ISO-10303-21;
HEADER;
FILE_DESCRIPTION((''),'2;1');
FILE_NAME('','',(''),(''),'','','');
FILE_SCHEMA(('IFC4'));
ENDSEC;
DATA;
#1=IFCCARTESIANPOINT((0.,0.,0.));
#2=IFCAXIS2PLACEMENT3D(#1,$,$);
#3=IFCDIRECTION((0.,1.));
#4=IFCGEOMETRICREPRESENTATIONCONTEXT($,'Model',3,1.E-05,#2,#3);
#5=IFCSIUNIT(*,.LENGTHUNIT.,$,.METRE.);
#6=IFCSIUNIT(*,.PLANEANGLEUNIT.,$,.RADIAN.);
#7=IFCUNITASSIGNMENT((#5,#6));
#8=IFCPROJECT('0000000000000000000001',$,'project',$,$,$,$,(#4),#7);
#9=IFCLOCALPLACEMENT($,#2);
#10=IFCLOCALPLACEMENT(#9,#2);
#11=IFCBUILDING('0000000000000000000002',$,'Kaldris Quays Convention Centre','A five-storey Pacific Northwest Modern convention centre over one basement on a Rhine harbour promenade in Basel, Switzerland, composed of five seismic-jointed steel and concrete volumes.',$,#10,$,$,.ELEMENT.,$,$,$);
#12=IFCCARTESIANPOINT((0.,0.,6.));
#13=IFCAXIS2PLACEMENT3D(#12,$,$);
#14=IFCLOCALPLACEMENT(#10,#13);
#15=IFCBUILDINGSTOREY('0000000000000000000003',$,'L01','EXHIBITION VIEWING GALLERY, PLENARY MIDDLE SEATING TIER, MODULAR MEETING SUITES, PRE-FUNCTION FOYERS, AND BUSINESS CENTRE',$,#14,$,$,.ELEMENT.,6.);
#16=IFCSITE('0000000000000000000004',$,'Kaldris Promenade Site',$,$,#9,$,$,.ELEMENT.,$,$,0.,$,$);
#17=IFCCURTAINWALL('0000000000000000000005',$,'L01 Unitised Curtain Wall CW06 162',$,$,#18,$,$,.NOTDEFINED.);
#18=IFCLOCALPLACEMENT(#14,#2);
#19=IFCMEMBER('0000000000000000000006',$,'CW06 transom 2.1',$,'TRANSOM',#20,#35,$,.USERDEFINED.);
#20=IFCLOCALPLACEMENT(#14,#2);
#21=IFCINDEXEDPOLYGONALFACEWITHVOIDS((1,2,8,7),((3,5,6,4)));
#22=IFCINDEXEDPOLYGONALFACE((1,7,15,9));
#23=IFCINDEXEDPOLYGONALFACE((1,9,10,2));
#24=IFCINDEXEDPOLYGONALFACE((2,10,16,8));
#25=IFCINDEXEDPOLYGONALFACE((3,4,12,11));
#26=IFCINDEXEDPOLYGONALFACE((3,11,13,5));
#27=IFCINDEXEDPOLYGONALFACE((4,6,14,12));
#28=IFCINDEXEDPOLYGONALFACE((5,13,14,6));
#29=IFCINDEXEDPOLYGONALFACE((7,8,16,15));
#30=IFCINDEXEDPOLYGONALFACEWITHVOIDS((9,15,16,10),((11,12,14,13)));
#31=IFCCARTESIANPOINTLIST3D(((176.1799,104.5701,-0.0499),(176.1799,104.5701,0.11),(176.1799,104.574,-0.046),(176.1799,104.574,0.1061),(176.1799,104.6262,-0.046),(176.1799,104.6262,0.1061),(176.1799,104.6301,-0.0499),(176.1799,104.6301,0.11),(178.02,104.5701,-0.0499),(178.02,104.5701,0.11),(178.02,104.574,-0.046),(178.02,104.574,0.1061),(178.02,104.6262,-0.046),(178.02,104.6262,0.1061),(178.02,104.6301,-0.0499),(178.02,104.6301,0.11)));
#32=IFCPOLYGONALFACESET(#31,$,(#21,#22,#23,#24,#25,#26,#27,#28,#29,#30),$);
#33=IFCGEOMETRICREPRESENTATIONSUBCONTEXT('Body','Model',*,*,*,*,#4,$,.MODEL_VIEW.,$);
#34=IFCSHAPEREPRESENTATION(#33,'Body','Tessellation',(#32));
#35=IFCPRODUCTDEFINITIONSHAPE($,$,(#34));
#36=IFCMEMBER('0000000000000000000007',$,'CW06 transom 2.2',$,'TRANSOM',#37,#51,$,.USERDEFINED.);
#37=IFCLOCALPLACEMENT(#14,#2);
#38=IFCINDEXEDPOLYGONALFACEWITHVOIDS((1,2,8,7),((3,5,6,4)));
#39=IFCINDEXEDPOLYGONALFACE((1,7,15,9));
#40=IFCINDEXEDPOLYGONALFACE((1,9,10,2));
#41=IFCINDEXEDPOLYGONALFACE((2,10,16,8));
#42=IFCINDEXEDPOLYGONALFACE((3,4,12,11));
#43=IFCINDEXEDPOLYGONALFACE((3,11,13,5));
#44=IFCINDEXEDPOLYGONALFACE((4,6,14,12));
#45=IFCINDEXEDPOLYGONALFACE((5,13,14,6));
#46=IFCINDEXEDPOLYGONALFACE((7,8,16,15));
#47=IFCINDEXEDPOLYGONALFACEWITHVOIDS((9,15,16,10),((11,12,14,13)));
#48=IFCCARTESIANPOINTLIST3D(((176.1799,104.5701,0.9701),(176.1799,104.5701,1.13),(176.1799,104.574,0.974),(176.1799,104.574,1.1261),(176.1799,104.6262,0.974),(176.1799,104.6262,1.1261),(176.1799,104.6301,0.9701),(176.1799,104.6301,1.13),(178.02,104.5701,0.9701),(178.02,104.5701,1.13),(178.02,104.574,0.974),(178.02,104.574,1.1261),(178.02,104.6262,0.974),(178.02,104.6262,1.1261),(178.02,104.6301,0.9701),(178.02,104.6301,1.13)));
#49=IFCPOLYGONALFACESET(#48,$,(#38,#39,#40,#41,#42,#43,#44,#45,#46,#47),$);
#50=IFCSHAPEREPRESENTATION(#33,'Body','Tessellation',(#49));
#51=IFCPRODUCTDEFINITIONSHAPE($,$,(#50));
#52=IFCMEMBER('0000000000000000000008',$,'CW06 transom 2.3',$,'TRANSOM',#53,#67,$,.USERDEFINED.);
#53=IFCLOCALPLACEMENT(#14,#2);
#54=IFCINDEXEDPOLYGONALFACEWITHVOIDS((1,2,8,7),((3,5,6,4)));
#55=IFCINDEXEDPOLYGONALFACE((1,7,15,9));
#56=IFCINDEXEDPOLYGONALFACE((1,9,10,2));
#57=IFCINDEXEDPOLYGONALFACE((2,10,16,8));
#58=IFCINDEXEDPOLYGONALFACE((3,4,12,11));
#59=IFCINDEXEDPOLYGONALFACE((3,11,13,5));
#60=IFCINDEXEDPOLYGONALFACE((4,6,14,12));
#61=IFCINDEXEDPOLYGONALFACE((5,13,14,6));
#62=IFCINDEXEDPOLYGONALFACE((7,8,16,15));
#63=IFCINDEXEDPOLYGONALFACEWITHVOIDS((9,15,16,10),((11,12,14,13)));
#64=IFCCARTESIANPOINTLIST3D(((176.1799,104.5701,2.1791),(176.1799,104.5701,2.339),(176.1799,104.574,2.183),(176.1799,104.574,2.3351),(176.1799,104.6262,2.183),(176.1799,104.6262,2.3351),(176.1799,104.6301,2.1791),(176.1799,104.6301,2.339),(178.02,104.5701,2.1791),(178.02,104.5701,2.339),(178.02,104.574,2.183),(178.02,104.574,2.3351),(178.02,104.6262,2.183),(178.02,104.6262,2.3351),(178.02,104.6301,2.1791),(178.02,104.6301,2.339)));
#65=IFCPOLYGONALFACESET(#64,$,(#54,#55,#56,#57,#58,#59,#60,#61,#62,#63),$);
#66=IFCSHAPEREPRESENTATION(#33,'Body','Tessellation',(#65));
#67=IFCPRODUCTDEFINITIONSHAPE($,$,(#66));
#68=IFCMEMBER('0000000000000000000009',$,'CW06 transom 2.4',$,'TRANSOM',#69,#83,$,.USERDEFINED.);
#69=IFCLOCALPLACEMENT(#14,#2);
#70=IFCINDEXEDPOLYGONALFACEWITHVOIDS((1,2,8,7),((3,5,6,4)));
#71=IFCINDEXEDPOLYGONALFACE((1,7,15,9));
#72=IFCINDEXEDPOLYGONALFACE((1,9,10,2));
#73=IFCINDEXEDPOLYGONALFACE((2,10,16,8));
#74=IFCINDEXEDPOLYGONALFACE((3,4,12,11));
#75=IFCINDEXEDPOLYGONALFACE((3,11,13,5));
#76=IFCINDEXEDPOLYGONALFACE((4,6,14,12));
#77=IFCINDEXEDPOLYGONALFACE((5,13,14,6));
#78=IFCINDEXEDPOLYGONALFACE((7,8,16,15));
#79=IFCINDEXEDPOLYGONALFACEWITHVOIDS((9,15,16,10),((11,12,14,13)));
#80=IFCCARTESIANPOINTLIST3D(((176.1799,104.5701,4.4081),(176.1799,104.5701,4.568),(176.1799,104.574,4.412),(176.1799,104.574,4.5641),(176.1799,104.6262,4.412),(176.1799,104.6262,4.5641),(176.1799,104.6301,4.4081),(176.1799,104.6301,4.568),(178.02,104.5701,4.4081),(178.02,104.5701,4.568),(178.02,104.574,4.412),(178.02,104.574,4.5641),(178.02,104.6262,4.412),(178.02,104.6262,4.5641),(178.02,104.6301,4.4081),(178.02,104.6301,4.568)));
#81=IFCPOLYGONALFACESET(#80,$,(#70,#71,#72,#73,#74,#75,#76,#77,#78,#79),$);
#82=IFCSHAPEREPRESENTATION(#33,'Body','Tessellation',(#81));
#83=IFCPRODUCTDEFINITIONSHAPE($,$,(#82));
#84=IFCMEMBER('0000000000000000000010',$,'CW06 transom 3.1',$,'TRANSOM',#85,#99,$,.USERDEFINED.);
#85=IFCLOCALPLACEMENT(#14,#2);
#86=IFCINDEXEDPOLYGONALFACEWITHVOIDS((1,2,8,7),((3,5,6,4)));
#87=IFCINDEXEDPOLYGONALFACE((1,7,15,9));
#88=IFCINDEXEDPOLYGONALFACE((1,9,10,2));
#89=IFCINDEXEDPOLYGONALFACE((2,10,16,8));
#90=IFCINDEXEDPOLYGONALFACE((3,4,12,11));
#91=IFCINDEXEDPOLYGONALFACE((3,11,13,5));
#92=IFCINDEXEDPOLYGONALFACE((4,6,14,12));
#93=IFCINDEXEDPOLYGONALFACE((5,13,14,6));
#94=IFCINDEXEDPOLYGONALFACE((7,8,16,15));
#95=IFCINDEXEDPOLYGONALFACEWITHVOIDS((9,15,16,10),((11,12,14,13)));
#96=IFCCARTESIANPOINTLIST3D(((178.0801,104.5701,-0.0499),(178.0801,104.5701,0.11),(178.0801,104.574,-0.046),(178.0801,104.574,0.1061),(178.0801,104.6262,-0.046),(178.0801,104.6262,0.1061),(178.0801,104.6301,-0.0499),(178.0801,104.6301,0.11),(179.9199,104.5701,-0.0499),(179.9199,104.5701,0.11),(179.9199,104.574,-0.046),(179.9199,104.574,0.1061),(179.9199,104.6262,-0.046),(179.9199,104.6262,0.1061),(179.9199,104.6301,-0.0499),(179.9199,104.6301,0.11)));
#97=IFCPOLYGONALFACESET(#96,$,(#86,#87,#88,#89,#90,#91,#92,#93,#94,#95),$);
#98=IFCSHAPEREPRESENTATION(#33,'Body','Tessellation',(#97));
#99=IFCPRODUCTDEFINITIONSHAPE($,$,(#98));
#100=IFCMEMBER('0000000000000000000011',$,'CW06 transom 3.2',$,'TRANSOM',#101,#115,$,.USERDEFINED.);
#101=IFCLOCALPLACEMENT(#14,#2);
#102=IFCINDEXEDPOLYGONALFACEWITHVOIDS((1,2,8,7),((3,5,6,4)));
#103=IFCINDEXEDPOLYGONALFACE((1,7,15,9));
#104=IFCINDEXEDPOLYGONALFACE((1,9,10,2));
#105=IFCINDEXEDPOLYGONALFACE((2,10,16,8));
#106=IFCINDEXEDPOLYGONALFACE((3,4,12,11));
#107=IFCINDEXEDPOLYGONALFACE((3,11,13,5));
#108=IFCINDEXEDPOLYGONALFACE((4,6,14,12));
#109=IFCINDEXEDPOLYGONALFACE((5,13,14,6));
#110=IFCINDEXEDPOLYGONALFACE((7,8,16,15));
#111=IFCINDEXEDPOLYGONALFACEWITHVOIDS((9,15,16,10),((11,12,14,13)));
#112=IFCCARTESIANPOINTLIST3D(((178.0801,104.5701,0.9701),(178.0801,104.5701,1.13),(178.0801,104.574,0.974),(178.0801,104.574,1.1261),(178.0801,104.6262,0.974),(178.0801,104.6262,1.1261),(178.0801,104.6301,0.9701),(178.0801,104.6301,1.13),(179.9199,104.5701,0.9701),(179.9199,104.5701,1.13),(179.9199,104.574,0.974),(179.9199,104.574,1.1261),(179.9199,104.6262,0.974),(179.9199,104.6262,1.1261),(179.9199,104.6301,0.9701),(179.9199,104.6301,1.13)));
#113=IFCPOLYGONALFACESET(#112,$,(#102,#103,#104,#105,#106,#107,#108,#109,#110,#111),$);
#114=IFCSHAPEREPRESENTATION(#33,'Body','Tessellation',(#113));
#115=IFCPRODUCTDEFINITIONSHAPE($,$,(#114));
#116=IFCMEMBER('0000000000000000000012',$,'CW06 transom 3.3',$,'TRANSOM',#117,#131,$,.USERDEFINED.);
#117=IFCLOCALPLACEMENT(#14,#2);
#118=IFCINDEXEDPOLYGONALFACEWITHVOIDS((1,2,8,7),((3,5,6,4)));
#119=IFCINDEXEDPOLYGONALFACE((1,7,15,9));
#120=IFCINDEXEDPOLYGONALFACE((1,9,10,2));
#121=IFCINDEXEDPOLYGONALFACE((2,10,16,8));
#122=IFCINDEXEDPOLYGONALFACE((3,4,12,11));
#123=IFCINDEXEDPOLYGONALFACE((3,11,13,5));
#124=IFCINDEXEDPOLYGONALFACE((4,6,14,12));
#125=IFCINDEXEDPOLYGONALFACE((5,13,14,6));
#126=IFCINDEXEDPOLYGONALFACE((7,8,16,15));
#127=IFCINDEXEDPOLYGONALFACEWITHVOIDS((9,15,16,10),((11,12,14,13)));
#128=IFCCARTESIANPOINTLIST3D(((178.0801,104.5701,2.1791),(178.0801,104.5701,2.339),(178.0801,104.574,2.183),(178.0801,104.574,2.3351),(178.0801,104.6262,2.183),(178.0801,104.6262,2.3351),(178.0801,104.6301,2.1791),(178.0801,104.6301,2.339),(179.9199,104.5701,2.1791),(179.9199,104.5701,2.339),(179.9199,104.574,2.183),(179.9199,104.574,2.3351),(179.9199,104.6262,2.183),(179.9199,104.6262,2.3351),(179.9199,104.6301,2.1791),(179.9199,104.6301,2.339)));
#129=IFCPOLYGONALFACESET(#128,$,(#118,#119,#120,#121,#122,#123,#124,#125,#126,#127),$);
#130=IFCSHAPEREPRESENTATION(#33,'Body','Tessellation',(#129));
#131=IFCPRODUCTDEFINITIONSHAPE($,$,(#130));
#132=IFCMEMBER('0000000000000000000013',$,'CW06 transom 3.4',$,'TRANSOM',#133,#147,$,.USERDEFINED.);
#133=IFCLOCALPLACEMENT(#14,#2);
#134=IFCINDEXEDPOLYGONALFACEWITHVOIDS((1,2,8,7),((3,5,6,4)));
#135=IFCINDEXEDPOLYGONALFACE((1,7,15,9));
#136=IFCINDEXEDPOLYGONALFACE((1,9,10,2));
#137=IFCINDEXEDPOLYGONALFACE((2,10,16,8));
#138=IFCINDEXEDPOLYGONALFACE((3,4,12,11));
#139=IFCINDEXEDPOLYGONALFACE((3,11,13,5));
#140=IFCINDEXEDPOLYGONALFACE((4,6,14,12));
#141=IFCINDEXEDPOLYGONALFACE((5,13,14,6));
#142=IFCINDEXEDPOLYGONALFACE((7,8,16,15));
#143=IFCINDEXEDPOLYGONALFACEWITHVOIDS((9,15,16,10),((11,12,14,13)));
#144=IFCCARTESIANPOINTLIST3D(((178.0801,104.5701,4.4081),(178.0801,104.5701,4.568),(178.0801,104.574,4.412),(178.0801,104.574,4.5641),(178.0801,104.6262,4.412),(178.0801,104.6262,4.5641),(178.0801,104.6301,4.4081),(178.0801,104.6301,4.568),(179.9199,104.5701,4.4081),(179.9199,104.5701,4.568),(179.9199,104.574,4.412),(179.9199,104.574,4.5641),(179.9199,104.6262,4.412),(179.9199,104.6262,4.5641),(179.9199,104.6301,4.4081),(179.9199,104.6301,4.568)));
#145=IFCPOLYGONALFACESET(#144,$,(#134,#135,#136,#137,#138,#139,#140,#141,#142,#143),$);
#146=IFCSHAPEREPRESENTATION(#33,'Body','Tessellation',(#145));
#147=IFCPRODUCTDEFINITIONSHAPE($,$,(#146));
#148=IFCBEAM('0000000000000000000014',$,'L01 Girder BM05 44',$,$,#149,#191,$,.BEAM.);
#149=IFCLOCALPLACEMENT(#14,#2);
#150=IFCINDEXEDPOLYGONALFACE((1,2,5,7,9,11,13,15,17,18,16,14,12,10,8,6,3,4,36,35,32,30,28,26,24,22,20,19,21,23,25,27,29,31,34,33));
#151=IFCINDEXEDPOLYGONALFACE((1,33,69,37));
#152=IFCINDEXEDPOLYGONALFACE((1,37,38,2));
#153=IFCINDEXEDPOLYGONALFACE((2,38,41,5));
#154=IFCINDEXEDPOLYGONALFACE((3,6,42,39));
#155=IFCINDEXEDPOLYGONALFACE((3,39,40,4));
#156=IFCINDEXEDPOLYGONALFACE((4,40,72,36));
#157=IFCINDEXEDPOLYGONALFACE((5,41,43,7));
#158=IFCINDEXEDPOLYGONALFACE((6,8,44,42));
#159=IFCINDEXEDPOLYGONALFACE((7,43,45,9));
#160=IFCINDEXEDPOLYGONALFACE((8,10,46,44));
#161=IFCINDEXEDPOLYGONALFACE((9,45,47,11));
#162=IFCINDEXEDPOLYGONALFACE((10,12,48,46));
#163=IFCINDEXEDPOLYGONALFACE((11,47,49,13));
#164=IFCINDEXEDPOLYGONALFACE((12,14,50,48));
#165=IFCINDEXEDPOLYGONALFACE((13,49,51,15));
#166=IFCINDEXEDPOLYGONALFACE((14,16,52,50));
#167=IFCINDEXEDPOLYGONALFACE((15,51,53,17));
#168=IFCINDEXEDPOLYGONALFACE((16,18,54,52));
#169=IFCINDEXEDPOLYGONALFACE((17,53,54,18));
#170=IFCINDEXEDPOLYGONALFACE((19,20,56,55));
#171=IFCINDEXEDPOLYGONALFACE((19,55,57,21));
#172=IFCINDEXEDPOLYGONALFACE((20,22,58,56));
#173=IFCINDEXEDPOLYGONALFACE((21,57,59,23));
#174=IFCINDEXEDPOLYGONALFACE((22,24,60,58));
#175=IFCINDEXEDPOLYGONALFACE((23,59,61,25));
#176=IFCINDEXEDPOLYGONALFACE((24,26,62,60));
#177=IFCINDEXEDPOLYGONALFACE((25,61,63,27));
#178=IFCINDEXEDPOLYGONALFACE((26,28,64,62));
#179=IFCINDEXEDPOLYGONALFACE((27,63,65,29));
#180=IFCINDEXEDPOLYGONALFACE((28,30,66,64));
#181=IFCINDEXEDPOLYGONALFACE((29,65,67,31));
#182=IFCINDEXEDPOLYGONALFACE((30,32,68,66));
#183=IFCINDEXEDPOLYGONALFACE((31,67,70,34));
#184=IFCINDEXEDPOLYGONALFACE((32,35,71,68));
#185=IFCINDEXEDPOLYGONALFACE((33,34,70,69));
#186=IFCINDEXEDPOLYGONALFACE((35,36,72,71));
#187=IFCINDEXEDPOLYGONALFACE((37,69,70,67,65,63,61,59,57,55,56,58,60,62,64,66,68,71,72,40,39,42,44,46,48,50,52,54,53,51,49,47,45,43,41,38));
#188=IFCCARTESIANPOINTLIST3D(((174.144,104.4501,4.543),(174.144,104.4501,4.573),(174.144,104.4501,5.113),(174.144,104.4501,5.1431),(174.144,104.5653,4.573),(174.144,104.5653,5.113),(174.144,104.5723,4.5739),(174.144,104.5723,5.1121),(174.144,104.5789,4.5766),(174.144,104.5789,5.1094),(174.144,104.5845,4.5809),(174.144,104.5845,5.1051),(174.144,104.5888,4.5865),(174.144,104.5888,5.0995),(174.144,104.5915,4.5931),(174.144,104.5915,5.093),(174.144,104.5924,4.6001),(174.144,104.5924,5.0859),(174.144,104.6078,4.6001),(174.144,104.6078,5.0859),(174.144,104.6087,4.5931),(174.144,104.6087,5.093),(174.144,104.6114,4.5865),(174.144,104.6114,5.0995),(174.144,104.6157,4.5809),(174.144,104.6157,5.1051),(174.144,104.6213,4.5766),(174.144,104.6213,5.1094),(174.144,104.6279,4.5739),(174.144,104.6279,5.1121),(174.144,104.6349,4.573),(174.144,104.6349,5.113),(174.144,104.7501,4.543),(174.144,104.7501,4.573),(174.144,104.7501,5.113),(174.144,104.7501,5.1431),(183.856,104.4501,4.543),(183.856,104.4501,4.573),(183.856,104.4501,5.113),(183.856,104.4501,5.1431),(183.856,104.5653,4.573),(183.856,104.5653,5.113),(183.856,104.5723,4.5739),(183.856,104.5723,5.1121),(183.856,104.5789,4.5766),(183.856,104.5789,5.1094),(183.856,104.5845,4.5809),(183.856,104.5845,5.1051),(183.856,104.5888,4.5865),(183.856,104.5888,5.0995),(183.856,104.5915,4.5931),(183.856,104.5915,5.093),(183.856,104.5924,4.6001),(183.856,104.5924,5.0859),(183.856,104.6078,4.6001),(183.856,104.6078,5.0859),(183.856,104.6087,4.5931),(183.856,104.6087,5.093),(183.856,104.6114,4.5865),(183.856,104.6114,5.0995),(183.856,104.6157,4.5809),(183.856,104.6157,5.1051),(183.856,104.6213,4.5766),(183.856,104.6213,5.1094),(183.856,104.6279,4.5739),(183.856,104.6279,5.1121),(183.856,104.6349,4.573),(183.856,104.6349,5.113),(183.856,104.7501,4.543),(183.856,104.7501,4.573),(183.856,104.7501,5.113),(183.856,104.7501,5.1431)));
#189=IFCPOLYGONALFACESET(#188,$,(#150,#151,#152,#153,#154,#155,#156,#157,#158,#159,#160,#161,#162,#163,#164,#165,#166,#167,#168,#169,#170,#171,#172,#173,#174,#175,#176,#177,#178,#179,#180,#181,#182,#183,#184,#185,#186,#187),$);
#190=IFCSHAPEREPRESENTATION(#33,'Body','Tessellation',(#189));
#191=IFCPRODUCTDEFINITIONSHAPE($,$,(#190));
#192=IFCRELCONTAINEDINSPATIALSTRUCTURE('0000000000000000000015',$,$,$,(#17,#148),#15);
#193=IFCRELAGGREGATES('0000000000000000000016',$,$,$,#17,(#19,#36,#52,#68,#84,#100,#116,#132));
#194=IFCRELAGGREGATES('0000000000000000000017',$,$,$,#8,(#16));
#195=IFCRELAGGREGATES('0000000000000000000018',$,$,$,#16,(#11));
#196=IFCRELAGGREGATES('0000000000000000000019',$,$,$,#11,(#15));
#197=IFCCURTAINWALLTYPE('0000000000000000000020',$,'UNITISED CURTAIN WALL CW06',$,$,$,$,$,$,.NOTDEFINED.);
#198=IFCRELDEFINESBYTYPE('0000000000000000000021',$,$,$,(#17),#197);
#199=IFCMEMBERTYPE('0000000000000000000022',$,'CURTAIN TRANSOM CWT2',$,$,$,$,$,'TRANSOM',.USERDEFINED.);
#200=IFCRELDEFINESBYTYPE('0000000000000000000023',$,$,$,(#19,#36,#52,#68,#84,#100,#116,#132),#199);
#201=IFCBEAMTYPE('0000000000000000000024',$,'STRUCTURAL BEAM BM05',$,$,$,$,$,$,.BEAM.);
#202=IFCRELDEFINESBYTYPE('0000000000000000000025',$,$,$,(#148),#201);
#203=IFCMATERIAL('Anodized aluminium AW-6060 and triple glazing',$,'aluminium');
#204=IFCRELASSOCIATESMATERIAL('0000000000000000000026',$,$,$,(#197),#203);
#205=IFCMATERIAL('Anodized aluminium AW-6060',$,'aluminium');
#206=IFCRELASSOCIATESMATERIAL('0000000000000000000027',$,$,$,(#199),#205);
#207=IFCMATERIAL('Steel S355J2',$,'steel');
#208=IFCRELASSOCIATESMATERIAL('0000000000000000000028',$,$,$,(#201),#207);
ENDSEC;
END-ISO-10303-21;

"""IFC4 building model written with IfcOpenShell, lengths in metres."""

from ifc_helpers import new_model, si_unit, direction, frame, origin, origin_2d, place, context, subcontext, project, spatial, hollow_rectangle, i_section, extrude, material, material_profile, profile_set, type_object, element, aggregate, save


model = new_model("IFC4")

# Units and contexts
model_context = context("Model", 3, precision=1e-05, world=origin(), true_north=direction((0.0, 1.0)))
body_context = subcontext(model_context, "Body", "Model", "MODEL_VIEW")
ifc_project = project(units=[si_unit("LENGTHUNIT", "METRE"), si_unit("PLANEANGLEUNIT", "RADIAN")], contexts=[model_context])

# Site, building, storey
site_placement = place(None, origin())
site = spatial("IfcSite", under=ifc_project, at=site_placement, Name="Kaldris Promenade Site", CompositionType="ELEMENT", RefElevation=0.0)
building_placement = place(site_placement, origin())
building = spatial("IfcBuilding", under=site, at=building_placement, Name="Kaldris Quays Convention Centre", Description="A five-storey Pacific Northwest Modern convention centre over one basement on a Rhine harbour promenade in Basel, Switzerland, composed of five seismic-jointed steel and concrete volumes.", CompositionType="ELEMENT")
storey_placement = place(building_placement, frame((0.0, 0.0, 6.0)))
storey = spatial("IfcBuildingStorey", under=building, at=storey_placement, Name="L01", Description="EXHIBITION VIEWING GALLERY, PLENARY MIDDLE SEATING TIER, MODULAR MEETING SUITES, PRE-FUNCTION FOYERS, AND BUSINESS CENTRE", CompositionType="ELEMENT", Elevation=6.0)

# Shared definitions
ifc_material_1 = material(Name="Steel S355J2", Category="steel")

# Shared definitions
ifc_material_2 = material(Name="Anodized aluminium AW-6060 and triple glazing", Category="aluminium")
curtain_wall_type = type_object("IfcCurtainWallType", Name="UNITISED CURTAIN WALL CW06", PredefinedType="NOTDEFINED", material=ifc_material_2)
ifc_material_3 = material(Name="Anodized aluminium AW-6060", Category="aluminium")

# Curtain wall, members
curtain_wall_1_placement = place(storey_placement, origin())
curtain_wall_1 = element("IfcCurtainWall", 1, at=curtain_wall_1_placement, inside=storey, type_object=curtain_wall_type, Name="L01 Unitised Curtain Wall CW06 162", PredefinedType="NOTDEFINED")
ifc_material_profile_1 = material_profile(ifc_material_3, hollow_rectangle(XDim=0.0601, YDim=0.1599, WallThickness=0.0039, at=origin_2d()), Name="RHS 160x60x4")
ifc_profile_set_1 = profile_set([ifc_material_profile_1], Name="Anodized aluminium AW-6060")
member_type_1 = type_object("IfcMemberType", Name="CURTAIN TRANSOM CWT2", ElementType="TRANSOM", PredefinedType="USERDEFINED", material=ifc_profile_set_1)
member_1_placement = place(storey_placement, frame((176.1799, 104.6001, 0.03), z_axis=(1.0, 0.0, 0.0), x_axis=(0.0, 1.0, 0.0)))
member_1 = element("IfcMember", 2, at=member_1_placement, type_object=member_type_1, Name="CW06 transom 2.1", ObjectType="TRANSOM", PredefinedType="USERDEFINED", context=body_context, shape_type="SweptSolid", body=[
    extrude(hollow_rectangle(XDim=0.0601, YDim=0.1599, WallThickness=0.0039, at=origin_2d()), origin(), (0.0, 0.0, 1.0), 1.8401),
])
member_2_placement = place(storey_placement, frame((176.1799, 104.6001, 1.05), z_axis=(1.0, 0.0, 0.0), x_axis=(0.0, 1.0, 0.0)))
member_2 = element("IfcMember", 3, at=member_2_placement, type_object=member_type_1, Name="CW06 transom 2.2", ObjectType="TRANSOM", PredefinedType="USERDEFINED", context=body_context, shape_type="SweptSolid", body=[
    extrude(hollow_rectangle(XDim=0.0601, YDim=0.1599, WallThickness=0.0039, at=origin_2d()), origin(), (0.0, 0.0, 1.0), 1.8401),
])
member_3_placement = place(storey_placement, frame((176.1799, 104.6001, 2.259), z_axis=(1.0, 0.0, 0.0), x_axis=(0.0, 1.0, 0.0)))
member_3 = element("IfcMember", 4, at=member_3_placement, type_object=member_type_1, Name="CW06 transom 2.3", ObjectType="TRANSOM", PredefinedType="USERDEFINED", context=body_context, shape_type="SweptSolid", body=[
    extrude(hollow_rectangle(XDim=0.0601, YDim=0.1599, WallThickness=0.0039, at=origin_2d()), origin(), (0.0, 0.0, 1.0), 1.8401),
])
member_4_placement = place(storey_placement, frame((176.1799, 104.6001, 4.488), z_axis=(1.0, 0.0, 0.0), x_axis=(0.0, 1.0, 0.0)))
member_4 = element("IfcMember", 5, at=member_4_placement, type_object=member_type_1, Name="CW06 transom 2.4", ObjectType="TRANSOM", PredefinedType="USERDEFINED", context=body_context, shape_type="SweptSolid", body=[
    extrude(hollow_rectangle(XDim=0.0601, YDim=0.1599, WallThickness=0.0039, at=origin_2d()), origin(), (0.0, 0.0, 1.0), 1.8401),
])
member_5_placement = place(storey_placement, frame((178.0801, 104.6001, 0.03), z_axis=(1.0, 0.0, 0.0), x_axis=(0.0, 1.0, 0.0)))
member_5 = element("IfcMember", 6, at=member_5_placement, type_object=member_type_1, Name="CW06 transom 3.1", ObjectType="TRANSOM", PredefinedType="USERDEFINED", context=body_context, shape_type="SweptSolid", body=[
    extrude(hollow_rectangle(XDim=0.0601, YDim=0.1599, WallThickness=0.0039, at=origin_2d()), origin(), (0.0, 0.0, 1.0), 1.8398),
])
member_6_placement = place(storey_placement, frame((178.0801, 104.6001, 1.05), z_axis=(1.0, 0.0, 0.0), x_axis=(0.0, 1.0, 0.0)))
member_6 = element("IfcMember", 7, at=member_6_placement, type_object=member_type_1, Name="CW06 transom 3.2", ObjectType="TRANSOM", PredefinedType="USERDEFINED", context=body_context, shape_type="SweptSolid", body=[
    extrude(hollow_rectangle(XDim=0.0601, YDim=0.1599, WallThickness=0.0039, at=origin_2d()), origin(), (0.0, 0.0, 1.0), 1.8398),
])
member_7_placement = place(storey_placement, frame((178.0801, 104.6001, 2.259), z_axis=(1.0, 0.0, 0.0), x_axis=(0.0, 1.0, 0.0)))
member_7 = element("IfcMember", 8, at=member_7_placement, type_object=member_type_1, Name="CW06 transom 3.3", ObjectType="TRANSOM", PredefinedType="USERDEFINED", context=body_context, shape_type="SweptSolid", body=[
    extrude(hollow_rectangle(XDim=0.0601, YDim=0.1599, WallThickness=0.0039, at=origin_2d()), origin(), (0.0, 0.0, 1.0), 1.8398),
])
member_8_placement = place(storey_placement, frame((178.0801, 104.6001, 4.488), z_axis=(1.0, 0.0, 0.0), x_axis=(0.0, 1.0, 0.0)))
member_8 = element("IfcMember", 9, at=member_8_placement, type_object=member_type_1, Name="CW06 transom 3.4", ObjectType="TRANSOM", PredefinedType="USERDEFINED", context=body_context, shape_type="SweptSolid", body=[
    extrude(hollow_rectangle(XDim=0.0601, YDim=0.1599, WallThickness=0.0039, at=origin_2d()), origin(), (0.0, 0.0, 1.0), 1.8398),
])

# Beam
ifc_material_profile_2 = material_profile(ifc_material_1, i_section(OverallWidth=0.3, OverallDepth=0.6001, WebThickness=0.0154, FlangeThickness=0.03, FilletRadius=0.0271, at=origin_2d()), Name="HEB 600")
ifc_profile_set_2 = profile_set([ifc_material_profile_2], Name="Steel S355J2")
beam_type_1 = type_object("IfcBeamType", Name="STRUCTURAL BEAM BM05", PredefinedType="BEAM", material=ifc_profile_set_2)
beam_1_placement = place(storey_placement, frame((174.144, 104.6001, 4.843), z_axis=(1.0, 0.0, 0.0), x_axis=(0.0, 1.0, 0.0)))
element("IfcBeam", 10, at=beam_1_placement, inside=storey, type_object=beam_type_1, Name="L01 Girder BM05 44", PredefinedType="BEAM", context=body_context, shape_type="SweptSolid", body=[
    extrude(i_section(OverallWidth=0.3, OverallDepth=0.6001, WebThickness=0.0154, FlangeThickness=0.03, FilletRadius=0.0271, at=origin_2d()), origin(), (0.0, 0.0, 1.0), 9.7119),
])

aggregate(curtain_wall_1, [member_1, member_2, member_3, member_4, member_5, member_6, member_7, member_8])

save(model, "model.ifc")
